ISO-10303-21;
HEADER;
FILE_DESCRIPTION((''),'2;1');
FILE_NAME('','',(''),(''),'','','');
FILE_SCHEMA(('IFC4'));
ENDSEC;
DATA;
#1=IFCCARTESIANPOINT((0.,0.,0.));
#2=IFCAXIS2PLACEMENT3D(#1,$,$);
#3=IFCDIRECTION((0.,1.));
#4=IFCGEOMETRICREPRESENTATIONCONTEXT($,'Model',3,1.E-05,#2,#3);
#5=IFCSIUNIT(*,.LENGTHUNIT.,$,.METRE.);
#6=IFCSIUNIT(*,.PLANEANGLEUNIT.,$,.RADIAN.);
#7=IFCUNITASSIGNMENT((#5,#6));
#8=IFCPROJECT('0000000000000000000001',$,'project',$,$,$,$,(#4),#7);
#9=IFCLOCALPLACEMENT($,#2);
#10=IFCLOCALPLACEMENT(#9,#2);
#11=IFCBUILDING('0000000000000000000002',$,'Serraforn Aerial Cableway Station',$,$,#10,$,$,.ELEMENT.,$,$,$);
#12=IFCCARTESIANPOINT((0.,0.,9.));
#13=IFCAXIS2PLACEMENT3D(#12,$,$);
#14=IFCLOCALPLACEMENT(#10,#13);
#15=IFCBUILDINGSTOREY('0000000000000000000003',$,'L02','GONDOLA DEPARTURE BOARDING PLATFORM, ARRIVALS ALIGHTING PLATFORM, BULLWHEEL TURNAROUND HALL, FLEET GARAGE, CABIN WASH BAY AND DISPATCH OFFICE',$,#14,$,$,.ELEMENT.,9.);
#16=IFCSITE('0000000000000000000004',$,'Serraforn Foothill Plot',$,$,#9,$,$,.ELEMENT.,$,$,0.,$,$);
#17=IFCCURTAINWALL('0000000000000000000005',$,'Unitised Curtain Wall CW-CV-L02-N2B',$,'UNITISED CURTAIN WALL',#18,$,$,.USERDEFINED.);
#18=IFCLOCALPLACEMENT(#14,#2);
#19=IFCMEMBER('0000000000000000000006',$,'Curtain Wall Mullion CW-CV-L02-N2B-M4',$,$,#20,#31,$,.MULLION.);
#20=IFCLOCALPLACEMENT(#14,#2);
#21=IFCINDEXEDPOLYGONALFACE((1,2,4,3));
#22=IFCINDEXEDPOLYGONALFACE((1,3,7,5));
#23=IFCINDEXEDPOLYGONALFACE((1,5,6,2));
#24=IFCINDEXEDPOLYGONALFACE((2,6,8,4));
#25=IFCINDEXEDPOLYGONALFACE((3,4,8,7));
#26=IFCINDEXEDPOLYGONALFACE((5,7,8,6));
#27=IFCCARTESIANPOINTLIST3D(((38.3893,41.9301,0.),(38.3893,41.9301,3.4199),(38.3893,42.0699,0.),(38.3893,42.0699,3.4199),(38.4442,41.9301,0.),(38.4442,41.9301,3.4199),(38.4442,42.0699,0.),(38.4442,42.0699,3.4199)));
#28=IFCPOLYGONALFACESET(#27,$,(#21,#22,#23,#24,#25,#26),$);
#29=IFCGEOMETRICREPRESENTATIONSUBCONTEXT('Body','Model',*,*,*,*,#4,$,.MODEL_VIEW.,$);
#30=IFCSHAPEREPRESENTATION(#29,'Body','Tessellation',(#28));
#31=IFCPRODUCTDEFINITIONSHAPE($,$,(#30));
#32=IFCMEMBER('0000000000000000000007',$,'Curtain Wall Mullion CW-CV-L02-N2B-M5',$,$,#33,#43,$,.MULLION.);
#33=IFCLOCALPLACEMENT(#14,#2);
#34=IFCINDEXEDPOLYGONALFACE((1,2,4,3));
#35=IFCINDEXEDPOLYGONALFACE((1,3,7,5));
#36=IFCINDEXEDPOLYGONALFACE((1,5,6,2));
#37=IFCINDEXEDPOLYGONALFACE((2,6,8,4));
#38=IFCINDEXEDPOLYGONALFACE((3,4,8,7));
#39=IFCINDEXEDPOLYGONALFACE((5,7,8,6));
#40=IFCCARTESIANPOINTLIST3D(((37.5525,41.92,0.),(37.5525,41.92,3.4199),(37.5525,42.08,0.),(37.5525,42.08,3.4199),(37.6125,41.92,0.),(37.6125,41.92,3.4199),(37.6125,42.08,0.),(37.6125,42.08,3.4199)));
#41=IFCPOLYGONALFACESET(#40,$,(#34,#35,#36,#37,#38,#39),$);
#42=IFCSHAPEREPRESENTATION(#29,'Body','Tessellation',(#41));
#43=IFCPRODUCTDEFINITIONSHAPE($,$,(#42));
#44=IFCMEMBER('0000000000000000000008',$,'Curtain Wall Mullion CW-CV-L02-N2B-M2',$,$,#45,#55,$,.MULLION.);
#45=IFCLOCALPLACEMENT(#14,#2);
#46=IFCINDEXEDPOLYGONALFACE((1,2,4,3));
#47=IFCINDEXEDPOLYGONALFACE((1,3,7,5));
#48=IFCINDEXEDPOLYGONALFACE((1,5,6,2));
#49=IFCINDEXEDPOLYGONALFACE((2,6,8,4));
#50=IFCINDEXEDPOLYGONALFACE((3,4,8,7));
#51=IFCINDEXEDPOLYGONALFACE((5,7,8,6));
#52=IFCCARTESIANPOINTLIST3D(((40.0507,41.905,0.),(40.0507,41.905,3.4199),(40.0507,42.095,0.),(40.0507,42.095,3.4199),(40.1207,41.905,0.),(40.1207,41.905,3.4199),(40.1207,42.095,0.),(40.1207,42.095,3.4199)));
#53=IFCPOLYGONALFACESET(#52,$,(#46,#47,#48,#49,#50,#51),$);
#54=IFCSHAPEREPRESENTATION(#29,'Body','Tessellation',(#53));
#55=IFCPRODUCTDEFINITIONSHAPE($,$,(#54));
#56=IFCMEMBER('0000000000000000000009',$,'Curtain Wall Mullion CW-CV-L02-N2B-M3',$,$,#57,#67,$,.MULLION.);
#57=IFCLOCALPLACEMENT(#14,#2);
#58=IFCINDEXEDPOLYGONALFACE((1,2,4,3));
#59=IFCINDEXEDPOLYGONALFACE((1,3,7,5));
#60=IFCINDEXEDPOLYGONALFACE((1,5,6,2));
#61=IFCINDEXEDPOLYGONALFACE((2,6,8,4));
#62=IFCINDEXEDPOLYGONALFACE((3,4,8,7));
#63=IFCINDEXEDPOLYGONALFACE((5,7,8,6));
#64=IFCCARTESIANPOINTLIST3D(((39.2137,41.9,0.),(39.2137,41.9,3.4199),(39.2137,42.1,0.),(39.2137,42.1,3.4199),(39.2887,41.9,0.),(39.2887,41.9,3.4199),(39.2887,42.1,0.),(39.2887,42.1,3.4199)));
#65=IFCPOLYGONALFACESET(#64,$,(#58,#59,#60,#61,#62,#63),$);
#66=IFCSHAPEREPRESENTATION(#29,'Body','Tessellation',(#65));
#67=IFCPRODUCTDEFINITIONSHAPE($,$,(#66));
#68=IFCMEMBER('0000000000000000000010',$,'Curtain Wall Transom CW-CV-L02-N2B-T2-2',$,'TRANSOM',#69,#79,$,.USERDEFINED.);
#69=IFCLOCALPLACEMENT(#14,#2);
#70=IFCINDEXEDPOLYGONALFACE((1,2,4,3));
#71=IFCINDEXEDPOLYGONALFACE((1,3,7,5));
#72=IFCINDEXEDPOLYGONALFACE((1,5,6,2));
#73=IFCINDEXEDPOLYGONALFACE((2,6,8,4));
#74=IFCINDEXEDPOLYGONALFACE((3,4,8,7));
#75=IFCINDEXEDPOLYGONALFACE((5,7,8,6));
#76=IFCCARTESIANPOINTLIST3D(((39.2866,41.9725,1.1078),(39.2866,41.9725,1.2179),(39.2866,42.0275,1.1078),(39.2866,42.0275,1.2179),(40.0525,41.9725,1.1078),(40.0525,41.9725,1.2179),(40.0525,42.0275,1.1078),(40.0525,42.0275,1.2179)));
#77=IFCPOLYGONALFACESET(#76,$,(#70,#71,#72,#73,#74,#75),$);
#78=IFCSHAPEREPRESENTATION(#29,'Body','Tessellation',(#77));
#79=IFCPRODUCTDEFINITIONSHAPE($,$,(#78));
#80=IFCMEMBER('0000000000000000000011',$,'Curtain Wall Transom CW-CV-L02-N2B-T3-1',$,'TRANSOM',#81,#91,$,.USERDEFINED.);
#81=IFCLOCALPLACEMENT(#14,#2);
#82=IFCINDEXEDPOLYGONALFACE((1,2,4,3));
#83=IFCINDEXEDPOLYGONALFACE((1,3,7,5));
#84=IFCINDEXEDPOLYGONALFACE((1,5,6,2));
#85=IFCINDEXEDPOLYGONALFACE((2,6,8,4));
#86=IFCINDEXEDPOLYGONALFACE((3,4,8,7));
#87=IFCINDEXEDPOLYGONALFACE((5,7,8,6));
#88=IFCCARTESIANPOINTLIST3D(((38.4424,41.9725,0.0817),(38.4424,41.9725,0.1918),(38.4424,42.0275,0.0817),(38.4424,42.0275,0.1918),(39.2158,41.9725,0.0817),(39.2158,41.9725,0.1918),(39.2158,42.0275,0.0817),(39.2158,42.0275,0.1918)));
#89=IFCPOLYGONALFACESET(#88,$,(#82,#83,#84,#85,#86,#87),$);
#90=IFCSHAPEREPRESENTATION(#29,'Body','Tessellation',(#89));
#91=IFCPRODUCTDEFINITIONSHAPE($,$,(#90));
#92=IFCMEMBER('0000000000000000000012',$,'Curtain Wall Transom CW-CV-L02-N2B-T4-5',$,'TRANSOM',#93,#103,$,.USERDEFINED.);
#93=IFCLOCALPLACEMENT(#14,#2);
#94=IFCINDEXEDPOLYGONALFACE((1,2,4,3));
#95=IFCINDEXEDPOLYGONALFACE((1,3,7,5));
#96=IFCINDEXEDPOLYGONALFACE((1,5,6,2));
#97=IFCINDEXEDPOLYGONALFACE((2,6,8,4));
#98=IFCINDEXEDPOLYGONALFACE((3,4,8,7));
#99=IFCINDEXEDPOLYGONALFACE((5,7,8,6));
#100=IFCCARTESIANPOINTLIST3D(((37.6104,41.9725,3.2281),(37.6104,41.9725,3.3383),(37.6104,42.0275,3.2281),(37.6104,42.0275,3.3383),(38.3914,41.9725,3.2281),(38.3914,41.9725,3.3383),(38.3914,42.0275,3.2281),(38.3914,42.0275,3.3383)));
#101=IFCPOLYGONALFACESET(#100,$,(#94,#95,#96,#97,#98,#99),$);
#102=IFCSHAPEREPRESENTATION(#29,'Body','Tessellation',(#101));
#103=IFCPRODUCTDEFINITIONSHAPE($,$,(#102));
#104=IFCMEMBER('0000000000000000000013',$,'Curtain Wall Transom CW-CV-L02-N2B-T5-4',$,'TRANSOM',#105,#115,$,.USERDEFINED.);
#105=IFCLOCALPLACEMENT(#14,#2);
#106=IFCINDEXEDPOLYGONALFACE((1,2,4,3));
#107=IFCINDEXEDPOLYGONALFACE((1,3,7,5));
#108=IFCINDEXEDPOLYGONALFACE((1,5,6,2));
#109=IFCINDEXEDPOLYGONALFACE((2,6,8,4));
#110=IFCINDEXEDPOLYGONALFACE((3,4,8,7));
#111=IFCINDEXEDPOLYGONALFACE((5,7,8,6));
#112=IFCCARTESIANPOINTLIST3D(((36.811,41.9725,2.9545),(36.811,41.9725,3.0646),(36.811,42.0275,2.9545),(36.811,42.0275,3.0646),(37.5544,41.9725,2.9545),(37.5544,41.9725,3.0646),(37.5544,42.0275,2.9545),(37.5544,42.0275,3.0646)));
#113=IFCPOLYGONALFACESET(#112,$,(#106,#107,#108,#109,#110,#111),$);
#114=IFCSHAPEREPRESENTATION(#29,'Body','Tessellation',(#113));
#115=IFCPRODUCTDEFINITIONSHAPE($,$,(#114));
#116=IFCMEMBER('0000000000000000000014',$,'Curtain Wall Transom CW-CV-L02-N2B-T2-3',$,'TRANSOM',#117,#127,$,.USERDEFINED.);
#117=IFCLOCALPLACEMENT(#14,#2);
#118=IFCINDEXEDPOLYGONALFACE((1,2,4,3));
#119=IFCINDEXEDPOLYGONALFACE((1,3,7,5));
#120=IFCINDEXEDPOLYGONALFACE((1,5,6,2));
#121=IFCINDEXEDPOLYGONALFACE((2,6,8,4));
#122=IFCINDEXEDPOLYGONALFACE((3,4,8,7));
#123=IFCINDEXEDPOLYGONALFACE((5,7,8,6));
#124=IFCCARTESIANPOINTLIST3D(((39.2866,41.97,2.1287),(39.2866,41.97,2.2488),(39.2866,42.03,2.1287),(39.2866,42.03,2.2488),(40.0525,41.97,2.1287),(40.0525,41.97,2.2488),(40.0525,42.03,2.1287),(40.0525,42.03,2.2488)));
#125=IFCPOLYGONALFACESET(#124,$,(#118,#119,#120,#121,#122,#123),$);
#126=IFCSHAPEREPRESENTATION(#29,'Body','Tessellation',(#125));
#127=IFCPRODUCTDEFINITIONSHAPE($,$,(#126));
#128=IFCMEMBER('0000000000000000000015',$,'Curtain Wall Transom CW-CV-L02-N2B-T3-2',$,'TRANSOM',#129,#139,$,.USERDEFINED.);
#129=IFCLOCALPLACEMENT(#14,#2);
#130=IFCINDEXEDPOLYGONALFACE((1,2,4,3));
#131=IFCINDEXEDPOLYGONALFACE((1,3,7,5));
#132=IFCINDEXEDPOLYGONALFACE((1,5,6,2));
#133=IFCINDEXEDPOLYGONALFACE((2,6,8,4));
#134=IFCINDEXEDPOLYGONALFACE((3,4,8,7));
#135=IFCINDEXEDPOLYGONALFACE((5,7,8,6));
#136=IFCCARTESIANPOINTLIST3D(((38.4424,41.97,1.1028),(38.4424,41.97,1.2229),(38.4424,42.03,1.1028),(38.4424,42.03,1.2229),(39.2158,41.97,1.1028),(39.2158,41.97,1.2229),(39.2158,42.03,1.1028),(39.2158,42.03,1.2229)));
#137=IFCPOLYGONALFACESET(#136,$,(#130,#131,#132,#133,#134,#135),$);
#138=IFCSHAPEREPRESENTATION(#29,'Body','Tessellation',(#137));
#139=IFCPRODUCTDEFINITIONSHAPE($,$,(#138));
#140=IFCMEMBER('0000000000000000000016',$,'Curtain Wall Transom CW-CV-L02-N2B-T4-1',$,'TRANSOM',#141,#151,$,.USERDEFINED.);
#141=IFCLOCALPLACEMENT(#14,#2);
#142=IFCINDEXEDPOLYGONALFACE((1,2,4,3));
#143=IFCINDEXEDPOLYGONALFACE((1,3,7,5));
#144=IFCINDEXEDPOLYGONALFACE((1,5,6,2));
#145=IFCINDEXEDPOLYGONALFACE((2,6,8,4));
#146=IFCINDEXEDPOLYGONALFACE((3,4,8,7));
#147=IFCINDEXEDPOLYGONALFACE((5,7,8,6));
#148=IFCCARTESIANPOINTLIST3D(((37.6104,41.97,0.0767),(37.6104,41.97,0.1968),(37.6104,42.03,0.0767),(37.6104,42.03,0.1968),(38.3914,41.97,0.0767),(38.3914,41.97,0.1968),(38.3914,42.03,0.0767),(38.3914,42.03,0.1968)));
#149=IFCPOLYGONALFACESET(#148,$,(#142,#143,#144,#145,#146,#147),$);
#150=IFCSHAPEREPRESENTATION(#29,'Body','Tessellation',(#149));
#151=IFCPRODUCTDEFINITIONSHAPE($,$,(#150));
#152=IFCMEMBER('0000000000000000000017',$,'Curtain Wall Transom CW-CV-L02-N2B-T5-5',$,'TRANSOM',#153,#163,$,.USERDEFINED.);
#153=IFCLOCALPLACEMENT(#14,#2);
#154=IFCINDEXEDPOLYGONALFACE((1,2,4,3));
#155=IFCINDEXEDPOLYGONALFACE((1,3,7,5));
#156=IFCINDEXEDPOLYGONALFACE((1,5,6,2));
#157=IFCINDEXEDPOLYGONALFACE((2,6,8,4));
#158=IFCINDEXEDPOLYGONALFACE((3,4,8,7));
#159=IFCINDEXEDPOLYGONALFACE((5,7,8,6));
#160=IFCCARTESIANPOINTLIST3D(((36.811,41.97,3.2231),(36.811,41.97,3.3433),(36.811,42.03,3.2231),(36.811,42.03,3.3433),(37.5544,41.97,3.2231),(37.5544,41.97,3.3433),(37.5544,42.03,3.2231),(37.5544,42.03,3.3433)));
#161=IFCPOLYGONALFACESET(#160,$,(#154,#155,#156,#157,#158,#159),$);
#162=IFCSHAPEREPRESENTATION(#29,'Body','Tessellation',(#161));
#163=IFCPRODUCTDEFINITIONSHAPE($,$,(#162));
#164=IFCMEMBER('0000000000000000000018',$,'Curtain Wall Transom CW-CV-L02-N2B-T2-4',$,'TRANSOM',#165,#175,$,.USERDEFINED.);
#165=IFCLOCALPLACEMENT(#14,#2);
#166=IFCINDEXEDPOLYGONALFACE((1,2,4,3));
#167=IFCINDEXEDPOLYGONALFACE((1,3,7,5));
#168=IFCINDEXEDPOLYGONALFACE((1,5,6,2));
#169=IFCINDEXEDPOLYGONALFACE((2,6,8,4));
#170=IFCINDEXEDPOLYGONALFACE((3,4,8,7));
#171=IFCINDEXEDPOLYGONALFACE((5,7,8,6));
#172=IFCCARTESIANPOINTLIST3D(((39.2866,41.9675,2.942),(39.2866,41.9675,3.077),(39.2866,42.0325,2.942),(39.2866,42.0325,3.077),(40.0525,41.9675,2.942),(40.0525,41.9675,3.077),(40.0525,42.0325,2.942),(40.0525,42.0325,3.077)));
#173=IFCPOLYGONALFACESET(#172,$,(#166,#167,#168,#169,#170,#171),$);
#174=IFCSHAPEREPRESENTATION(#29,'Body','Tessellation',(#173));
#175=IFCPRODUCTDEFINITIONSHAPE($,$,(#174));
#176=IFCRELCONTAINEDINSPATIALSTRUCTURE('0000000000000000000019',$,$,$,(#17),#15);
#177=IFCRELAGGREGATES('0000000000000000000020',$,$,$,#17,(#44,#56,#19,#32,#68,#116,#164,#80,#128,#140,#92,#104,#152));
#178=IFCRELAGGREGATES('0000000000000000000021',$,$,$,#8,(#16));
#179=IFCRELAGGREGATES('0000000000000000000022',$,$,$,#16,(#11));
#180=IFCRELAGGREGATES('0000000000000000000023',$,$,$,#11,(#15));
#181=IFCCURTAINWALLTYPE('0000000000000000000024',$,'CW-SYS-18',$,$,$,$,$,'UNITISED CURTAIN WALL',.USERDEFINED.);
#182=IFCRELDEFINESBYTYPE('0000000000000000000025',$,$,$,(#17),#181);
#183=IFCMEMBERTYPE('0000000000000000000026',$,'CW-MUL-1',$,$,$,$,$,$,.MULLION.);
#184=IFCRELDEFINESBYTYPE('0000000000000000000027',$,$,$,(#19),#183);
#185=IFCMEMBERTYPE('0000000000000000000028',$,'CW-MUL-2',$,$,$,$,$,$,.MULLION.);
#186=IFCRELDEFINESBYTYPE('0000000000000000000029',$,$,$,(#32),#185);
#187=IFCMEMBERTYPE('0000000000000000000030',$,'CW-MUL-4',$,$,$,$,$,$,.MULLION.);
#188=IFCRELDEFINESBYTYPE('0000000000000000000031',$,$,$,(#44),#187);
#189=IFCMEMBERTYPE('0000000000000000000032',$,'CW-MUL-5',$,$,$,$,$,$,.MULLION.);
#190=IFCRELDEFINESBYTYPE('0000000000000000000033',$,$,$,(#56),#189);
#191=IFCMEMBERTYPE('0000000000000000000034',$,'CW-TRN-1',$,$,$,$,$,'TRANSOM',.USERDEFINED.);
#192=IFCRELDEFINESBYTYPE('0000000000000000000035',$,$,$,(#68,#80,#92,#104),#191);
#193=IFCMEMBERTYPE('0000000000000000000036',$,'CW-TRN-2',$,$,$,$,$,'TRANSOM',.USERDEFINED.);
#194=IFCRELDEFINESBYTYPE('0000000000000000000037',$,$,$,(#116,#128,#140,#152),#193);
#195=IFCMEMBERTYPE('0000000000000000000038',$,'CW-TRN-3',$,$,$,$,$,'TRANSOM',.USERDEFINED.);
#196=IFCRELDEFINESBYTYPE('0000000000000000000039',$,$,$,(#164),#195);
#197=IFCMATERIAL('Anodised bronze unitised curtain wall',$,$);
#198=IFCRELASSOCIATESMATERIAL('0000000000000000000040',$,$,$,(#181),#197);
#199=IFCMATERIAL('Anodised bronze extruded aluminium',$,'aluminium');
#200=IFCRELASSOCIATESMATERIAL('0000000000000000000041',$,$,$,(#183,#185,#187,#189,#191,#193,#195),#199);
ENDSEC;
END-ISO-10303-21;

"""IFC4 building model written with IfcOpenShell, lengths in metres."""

from ifc_helpers import new_model, si_unit, direction, frame, origin, origin_2d, place, context, subcontext, project, spatial, rectangle, extrude, material, material_profile, profile_set, type_object, element, aggregate, save


model = new_model("IFC4")

# Units and contexts
model_context = context("Model", 3, precision=1e-05, world=origin(), true_north=direction((0.0, 1.0)))
body_context = subcontext(model_context, "Body", "Model", "MODEL_VIEW")
ifc_project = project(units=[si_unit("LENGTHUNIT", "METRE"), si_unit("PLANEANGLEUNIT", "RADIAN")], contexts=[model_context])

# Site, building, storey
site_placement = place(None, origin())
site = spatial("IfcSite", under=ifc_project, at=site_placement, Name="Serraforn Foothill Plot", CompositionType="ELEMENT", RefElevation=0.0)
building_placement = place(site_placement, origin())
building = spatial("IfcBuilding", under=site, at=building_placement, Name="Serraforn Aerial Cableway Station", CompositionType="ELEMENT")
storey_placement = place(building_placement, frame((0.0, 0.0, 9.0)))
storey = spatial("IfcBuildingStorey", under=building, at=storey_placement, Name="L02", Description="GONDOLA DEPARTURE BOARDING PLATFORM, ARRIVALS ALIGHTING PLATFORM, BULLWHEEL TURNAROUND HALL, FLEET GARAGE, CABIN WASH BAY AND DISPATCH OFFICE", CompositionType="ELEMENT", Elevation=9.0)

# Curtain wall, members
ifc_material_1 = material(Name="Anodised bronze unitised curtain wall")
curtain_wall_type = type_object("IfcCurtainWallType", Name="CW-SYS-18", ElementType="UNITISED CURTAIN WALL", PredefinedType="USERDEFINED", material=ifc_material_1)
curtain_wall_placement = place(storey_placement, origin())
curtain_wall = element("IfcCurtainWall", 1, at=curtain_wall_placement, inside=storey, type_object=curtain_wall_type, Name="Unitised Curtain Wall CW-CV-L02-N2B", ObjectType="UNITISED CURTAIN WALL", PredefinedType="USERDEFINED")
ifc_material_2 = material(Name="Anodised bronze extruded aluminium", Category="aluminium")
ifc_material_profile_1 = material_profile(ifc_material_2, rectangle(XDim=0.0549, YDim=0.1399, at=origin_2d()), Name="CW MULLION 55x140")
ifc_profile_set_1 = profile_set([ifc_material_profile_1], Name="Anodised bronze extruded aluminium")
member_type_1 = type_object("IfcMemberType", Name="CW-MUL-1", PredefinedType="MULLION", material=ifc_profile_set_1)
member_1_placement = place(storey_placement, frame((38.4167, 42.0, 0.0), z_axis=(0.0, 0.0, 1.0), x_axis=(-1.0, 0.0, 0.0)))
member_1 = element("IfcMember", 2, at=member_1_placement, type_object=member_type_1, Name="Curtain Wall Mullion CW-CV-L02-N2B-M4", PredefinedType="MULLION", context=body_context, shape_type="SweptSolid", body=[
    extrude(rectangle(XDim=0.0549, YDim=0.1399, at=origin_2d()), origin(), (0.0, 0.0, 1.0), 3.4199),
])
ifc_material_profile_2 = material_profile(ifc_material_2, rectangle(XDim=0.0601, YDim=0.1599, at=origin_2d()), Name="CW MULLION 60x160")
ifc_profile_set_2 = profile_set([ifc_material_profile_2], Name="Anodised bronze extruded aluminium")
member_type_2 = type_object("IfcMemberType", Name="CW-MUL-2", PredefinedType="MULLION", material=ifc_profile_set_2)
member_2_placement = place(storey_placement, frame((37.5825, 42.0, 0.0), z_axis=(0.0, 0.0, 1.0), x_axis=(-1.0, 0.0, 0.0)))
member_2 = element("IfcMember", 3, at=member_2_placement, type_object=member_type_2, Name="Curtain Wall Mullion CW-CV-L02-N2B-M5", PredefinedType="MULLION", context=body_context, shape_type="SweptSolid", body=[
    extrude(rectangle(XDim=0.0601, YDim=0.1599, at=origin_2d()), origin(), (0.0, 0.0, 1.0), 3.4199),
])
ifc_material_profile_3 = material_profile(ifc_material_2, rectangle(XDim=0.0701, YDim=0.1899, at=origin_2d()), Name="CW MULLION 70x190")
ifc_profile_set_3 = profile_set([ifc_material_profile_3], Name="Anodised bronze extruded aluminium")
member_type_3 = type_object("IfcMemberType", Name="CW-MUL-4", PredefinedType="MULLION", material=ifc_profile_set_3)
member_3_placement = place(storey_placement, frame((40.0857, 42.0, 0.0), z_axis=(0.0, 0.0, 1.0), x_axis=(-1.0, 0.0, 0.0)))
member_3 = element("IfcMember", 4, at=member_3_placement, type_object=member_type_3, Name="Curtain Wall Mullion CW-CV-L02-N2B-M2", PredefinedType="MULLION", context=body_context, shape_type="SweptSolid", body=[
    extrude(rectangle(XDim=0.0701, YDim=0.1899, at=origin_2d()), origin(), (0.0, 0.0, 1.0), 3.4199),
])
ifc_material_profile_4 = material_profile(ifc_material_2, rectangle(XDim=0.075, YDim=0.2, at=origin_2d()), Name="CW MULLION 75x200")
ifc_profile_set_4 = profile_set([ifc_material_profile_4], Name="Anodised bronze extruded aluminium")
member_type_4 = type_object("IfcMemberType", Name="CW-MUL-5", PredefinedType="MULLION", material=ifc_profile_set_4)
member_4_placement = place(storey_placement, frame((39.2512, 42.0, 0.0), z_axis=(0.0, 0.0, 1.0), x_axis=(-1.0, 0.0, 0.0)))
member_4 = element("IfcMember", 5, at=member_4_placement, type_object=member_type_4, Name="Curtain Wall Mullion CW-CV-L02-N2B-M3", PredefinedType="MULLION", context=body_context, shape_type="SweptSolid", body=[
    extrude(rectangle(XDim=0.075, YDim=0.2, at=origin_2d()), origin(), (0.0, 0.0, 1.0), 3.4199),
])
ifc_material_profile_5 = material_profile(ifc_material_2, rectangle(XDim=0.0549, YDim=0.1101, at=origin_2d()), Name="CW TRANSOM 55x110")
ifc_profile_set_5 = profile_set([ifc_material_profile_5], Name="Anodised bronze extruded aluminium")
member_type_5 = type_object("IfcMemberType", Name="CW-TRN-1", ElementType="TRANSOM", PredefinedType="USERDEFINED", material=ifc_profile_set_5)
member_5_placement = place(storey_placement, frame((40.0525, 42.0, 1.1628), z_axis=(-1.0, 0.0, 0.0), x_axis=(0.0, -1.0, 0.0)))
member_5 = element("IfcMember", 6, at=member_5_placement, type_object=member_type_5, Name="Curtain Wall Transom CW-CV-L02-N2B-T2-2", ObjectType="TRANSOM", PredefinedType="USERDEFINED", context=body_context, shape_type="SweptSolid", body=[
    extrude(rectangle(XDim=0.0549, YDim=0.1101, at=origin_2d()), origin(), (0.0, 0.0, 1.0), 0.7659),
])
member_6_placement = place(storey_placement, frame((39.2158, 42.0, 0.1367), z_axis=(-1.0, 0.0, 0.0), x_axis=(0.0, -1.0, 0.0)))
member_6 = element("IfcMember", 7, at=member_6_placement, type_object=member_type_5, Name="Curtain Wall Transom CW-CV-L02-N2B-T3-1", ObjectType="TRANSOM", PredefinedType="USERDEFINED", context=body_context, shape_type="SweptSolid", body=[
    extrude(rectangle(XDim=0.0549, YDim=0.1101, at=origin_2d()), origin(), (0.0, 0.0, 1.0), 0.7734),
])
member_7_placement = place(storey_placement, frame((38.3914, 42.0, 3.2832), z_axis=(-1.0, 0.0, 0.0), x_axis=(0.0, -1.0, 0.0)))
member_7 = element("IfcMember", 8, at=member_7_placement, type_object=member_type_5, Name="Curtain Wall Transom CW-CV-L02-N2B-T4-5", ObjectType="TRANSOM", PredefinedType="USERDEFINED", context=body_context, shape_type="SweptSolid", body=[
    extrude(rectangle(XDim=0.0549, YDim=0.1101, at=origin_2d()), origin(), (0.0, 0.0, 1.0), 0.781),
])
member_8_placement = place(storey_placement, frame((37.5544, 42.0, 3.0095), z_axis=(-1.0, 0.0, 0.0), x_axis=(0.0, -1.0, 0.0)))
member_8 = element("IfcMember", 9, at=member_8_placement, type_object=member_type_5, Name="Curtain Wall Transom CW-CV-L02-N2B-T5-4", ObjectType="TRANSOM", PredefinedType="USERDEFINED", context=body_context, shape_type="SweptSolid", body=[
    extrude(rectangle(XDim=0.0549, YDim=0.1101, at=origin_2d()), origin(), (0.0, 0.0, 1.0), 0.7434),
])
ifc_material_profile_6 = material_profile(ifc_material_2, rectangle(XDim=0.0601, YDim=0.1201, at=origin_2d()), Name="CW TRANSOM 60x120")
ifc_profile_set_6 = profile_set([ifc_material_profile_6], Name="Anodised bronze extruded aluminium")
member_type_6 = type_object("IfcMemberType", Name="CW-TRN-2", ElementType="TRANSOM", PredefinedType="USERDEFINED", material=ifc_profile_set_6)
member_9_placement = place(storey_placement, frame((40.0525, 42.0, 2.1887), z_axis=(-1.0, 0.0, 0.0), x_axis=(0.0, -1.0, 0.0)))
member_9 = element("IfcMember", 10, at=member_9_placement, type_object=member_type_6, Name="Curtain Wall Transom CW-CV-L02-N2B-T2-3", ObjectType="TRANSOM", PredefinedType="USERDEFINED", context=body_context, shape_type="SweptSolid", body=[
    extrude(rectangle(XDim=0.0601, YDim=0.1201, at=origin_2d()), origin(), (0.0, 0.0, 1.0), 0.7659),
])
member_10_placement = place(storey_placement, frame((39.2158, 42.0, 1.1628), z_axis=(-1.0, 0.0, 0.0), x_axis=(0.0, -1.0, 0.0)))
member_10 = element("IfcMember", 11, at=member_10_placement, type_object=member_type_6, Name="Curtain Wall Transom CW-CV-L02-N2B-T3-2", ObjectType="TRANSOM", PredefinedType="USERDEFINED", context=body_context, shape_type="SweptSolid", body=[
    extrude(rectangle(XDim=0.0601, YDim=0.1201, at=origin_2d()), origin(), (0.0, 0.0, 1.0), 0.7734),
])
member_11_placement = place(storey_placement, frame((38.3914, 42.0, 0.1367), z_axis=(-1.0, 0.0, 0.0), x_axis=(0.0, -1.0, 0.0)))
member_11 = element("IfcMember", 12, at=member_11_placement, type_object=member_type_6, Name="Curtain Wall Transom CW-CV-L02-N2B-T4-1", ObjectType="TRANSOM", PredefinedType="USERDEFINED", context=body_context, shape_type="SweptSolid", body=[
    extrude(rectangle(XDim=0.0601, YDim=0.1201, at=origin_2d()), origin(), (0.0, 0.0, 1.0), 0.781),
])
member_12_placement = place(storey_placement, frame((37.5544, 42.0, 3.2832), z_axis=(-1.0, 0.0, 0.0), x_axis=(0.0, -1.0, 0.0)))
member_12 = element("IfcMember", 13, at=member_12_placement, type_object=member_type_6, Name="Curtain Wall Transom CW-CV-L02-N2B-T5-5", ObjectType="TRANSOM", PredefinedType="USERDEFINED", context=body_context, shape_type="SweptSolid", body=[
    extrude(rectangle(XDim=0.0601, YDim=0.1201, at=origin_2d()), origin(), (0.0, 0.0, 1.0), 0.7434),
])
ifc_material_profile_7 = material_profile(ifc_material_2, rectangle(XDim=0.0649, YDim=0.135, at=origin_2d()), Name="CW TRANSOM 65x135")
ifc_profile_set_7 = profile_set([ifc_material_profile_7], Name="Anodised bronze extruded aluminium")
member_type_7 = type_object("IfcMemberType", Name="CW-TRN-3", ElementType="TRANSOM", PredefinedType="USERDEFINED", material=ifc_profile_set_7)
member_13_placement = place(storey_placement, frame((40.0525, 42.0, 3.0095), z_axis=(-1.0, 0.0, 0.0), x_axis=(0.0, -1.0, 0.0)))
member_13 = element("IfcMember", 14, at=member_13_placement, type_object=member_type_7, Name="Curtain Wall Transom CW-CV-L02-N2B-T2-4", ObjectType="TRANSOM", PredefinedType="USERDEFINED", context=body_context, shape_type="SweptSolid", body=[
    extrude(rectangle(XDim=0.0649, YDim=0.135, at=origin_2d()), origin(), (0.0, 0.0, 1.0), 0.7659),
])
aggregate(curtain_wall, [member_3, member_4, member_1, member_2, member_5, member_9, member_13, member_6, member_10, member_11, member_7, member_8, member_12])

save(model, "model.ifc")
